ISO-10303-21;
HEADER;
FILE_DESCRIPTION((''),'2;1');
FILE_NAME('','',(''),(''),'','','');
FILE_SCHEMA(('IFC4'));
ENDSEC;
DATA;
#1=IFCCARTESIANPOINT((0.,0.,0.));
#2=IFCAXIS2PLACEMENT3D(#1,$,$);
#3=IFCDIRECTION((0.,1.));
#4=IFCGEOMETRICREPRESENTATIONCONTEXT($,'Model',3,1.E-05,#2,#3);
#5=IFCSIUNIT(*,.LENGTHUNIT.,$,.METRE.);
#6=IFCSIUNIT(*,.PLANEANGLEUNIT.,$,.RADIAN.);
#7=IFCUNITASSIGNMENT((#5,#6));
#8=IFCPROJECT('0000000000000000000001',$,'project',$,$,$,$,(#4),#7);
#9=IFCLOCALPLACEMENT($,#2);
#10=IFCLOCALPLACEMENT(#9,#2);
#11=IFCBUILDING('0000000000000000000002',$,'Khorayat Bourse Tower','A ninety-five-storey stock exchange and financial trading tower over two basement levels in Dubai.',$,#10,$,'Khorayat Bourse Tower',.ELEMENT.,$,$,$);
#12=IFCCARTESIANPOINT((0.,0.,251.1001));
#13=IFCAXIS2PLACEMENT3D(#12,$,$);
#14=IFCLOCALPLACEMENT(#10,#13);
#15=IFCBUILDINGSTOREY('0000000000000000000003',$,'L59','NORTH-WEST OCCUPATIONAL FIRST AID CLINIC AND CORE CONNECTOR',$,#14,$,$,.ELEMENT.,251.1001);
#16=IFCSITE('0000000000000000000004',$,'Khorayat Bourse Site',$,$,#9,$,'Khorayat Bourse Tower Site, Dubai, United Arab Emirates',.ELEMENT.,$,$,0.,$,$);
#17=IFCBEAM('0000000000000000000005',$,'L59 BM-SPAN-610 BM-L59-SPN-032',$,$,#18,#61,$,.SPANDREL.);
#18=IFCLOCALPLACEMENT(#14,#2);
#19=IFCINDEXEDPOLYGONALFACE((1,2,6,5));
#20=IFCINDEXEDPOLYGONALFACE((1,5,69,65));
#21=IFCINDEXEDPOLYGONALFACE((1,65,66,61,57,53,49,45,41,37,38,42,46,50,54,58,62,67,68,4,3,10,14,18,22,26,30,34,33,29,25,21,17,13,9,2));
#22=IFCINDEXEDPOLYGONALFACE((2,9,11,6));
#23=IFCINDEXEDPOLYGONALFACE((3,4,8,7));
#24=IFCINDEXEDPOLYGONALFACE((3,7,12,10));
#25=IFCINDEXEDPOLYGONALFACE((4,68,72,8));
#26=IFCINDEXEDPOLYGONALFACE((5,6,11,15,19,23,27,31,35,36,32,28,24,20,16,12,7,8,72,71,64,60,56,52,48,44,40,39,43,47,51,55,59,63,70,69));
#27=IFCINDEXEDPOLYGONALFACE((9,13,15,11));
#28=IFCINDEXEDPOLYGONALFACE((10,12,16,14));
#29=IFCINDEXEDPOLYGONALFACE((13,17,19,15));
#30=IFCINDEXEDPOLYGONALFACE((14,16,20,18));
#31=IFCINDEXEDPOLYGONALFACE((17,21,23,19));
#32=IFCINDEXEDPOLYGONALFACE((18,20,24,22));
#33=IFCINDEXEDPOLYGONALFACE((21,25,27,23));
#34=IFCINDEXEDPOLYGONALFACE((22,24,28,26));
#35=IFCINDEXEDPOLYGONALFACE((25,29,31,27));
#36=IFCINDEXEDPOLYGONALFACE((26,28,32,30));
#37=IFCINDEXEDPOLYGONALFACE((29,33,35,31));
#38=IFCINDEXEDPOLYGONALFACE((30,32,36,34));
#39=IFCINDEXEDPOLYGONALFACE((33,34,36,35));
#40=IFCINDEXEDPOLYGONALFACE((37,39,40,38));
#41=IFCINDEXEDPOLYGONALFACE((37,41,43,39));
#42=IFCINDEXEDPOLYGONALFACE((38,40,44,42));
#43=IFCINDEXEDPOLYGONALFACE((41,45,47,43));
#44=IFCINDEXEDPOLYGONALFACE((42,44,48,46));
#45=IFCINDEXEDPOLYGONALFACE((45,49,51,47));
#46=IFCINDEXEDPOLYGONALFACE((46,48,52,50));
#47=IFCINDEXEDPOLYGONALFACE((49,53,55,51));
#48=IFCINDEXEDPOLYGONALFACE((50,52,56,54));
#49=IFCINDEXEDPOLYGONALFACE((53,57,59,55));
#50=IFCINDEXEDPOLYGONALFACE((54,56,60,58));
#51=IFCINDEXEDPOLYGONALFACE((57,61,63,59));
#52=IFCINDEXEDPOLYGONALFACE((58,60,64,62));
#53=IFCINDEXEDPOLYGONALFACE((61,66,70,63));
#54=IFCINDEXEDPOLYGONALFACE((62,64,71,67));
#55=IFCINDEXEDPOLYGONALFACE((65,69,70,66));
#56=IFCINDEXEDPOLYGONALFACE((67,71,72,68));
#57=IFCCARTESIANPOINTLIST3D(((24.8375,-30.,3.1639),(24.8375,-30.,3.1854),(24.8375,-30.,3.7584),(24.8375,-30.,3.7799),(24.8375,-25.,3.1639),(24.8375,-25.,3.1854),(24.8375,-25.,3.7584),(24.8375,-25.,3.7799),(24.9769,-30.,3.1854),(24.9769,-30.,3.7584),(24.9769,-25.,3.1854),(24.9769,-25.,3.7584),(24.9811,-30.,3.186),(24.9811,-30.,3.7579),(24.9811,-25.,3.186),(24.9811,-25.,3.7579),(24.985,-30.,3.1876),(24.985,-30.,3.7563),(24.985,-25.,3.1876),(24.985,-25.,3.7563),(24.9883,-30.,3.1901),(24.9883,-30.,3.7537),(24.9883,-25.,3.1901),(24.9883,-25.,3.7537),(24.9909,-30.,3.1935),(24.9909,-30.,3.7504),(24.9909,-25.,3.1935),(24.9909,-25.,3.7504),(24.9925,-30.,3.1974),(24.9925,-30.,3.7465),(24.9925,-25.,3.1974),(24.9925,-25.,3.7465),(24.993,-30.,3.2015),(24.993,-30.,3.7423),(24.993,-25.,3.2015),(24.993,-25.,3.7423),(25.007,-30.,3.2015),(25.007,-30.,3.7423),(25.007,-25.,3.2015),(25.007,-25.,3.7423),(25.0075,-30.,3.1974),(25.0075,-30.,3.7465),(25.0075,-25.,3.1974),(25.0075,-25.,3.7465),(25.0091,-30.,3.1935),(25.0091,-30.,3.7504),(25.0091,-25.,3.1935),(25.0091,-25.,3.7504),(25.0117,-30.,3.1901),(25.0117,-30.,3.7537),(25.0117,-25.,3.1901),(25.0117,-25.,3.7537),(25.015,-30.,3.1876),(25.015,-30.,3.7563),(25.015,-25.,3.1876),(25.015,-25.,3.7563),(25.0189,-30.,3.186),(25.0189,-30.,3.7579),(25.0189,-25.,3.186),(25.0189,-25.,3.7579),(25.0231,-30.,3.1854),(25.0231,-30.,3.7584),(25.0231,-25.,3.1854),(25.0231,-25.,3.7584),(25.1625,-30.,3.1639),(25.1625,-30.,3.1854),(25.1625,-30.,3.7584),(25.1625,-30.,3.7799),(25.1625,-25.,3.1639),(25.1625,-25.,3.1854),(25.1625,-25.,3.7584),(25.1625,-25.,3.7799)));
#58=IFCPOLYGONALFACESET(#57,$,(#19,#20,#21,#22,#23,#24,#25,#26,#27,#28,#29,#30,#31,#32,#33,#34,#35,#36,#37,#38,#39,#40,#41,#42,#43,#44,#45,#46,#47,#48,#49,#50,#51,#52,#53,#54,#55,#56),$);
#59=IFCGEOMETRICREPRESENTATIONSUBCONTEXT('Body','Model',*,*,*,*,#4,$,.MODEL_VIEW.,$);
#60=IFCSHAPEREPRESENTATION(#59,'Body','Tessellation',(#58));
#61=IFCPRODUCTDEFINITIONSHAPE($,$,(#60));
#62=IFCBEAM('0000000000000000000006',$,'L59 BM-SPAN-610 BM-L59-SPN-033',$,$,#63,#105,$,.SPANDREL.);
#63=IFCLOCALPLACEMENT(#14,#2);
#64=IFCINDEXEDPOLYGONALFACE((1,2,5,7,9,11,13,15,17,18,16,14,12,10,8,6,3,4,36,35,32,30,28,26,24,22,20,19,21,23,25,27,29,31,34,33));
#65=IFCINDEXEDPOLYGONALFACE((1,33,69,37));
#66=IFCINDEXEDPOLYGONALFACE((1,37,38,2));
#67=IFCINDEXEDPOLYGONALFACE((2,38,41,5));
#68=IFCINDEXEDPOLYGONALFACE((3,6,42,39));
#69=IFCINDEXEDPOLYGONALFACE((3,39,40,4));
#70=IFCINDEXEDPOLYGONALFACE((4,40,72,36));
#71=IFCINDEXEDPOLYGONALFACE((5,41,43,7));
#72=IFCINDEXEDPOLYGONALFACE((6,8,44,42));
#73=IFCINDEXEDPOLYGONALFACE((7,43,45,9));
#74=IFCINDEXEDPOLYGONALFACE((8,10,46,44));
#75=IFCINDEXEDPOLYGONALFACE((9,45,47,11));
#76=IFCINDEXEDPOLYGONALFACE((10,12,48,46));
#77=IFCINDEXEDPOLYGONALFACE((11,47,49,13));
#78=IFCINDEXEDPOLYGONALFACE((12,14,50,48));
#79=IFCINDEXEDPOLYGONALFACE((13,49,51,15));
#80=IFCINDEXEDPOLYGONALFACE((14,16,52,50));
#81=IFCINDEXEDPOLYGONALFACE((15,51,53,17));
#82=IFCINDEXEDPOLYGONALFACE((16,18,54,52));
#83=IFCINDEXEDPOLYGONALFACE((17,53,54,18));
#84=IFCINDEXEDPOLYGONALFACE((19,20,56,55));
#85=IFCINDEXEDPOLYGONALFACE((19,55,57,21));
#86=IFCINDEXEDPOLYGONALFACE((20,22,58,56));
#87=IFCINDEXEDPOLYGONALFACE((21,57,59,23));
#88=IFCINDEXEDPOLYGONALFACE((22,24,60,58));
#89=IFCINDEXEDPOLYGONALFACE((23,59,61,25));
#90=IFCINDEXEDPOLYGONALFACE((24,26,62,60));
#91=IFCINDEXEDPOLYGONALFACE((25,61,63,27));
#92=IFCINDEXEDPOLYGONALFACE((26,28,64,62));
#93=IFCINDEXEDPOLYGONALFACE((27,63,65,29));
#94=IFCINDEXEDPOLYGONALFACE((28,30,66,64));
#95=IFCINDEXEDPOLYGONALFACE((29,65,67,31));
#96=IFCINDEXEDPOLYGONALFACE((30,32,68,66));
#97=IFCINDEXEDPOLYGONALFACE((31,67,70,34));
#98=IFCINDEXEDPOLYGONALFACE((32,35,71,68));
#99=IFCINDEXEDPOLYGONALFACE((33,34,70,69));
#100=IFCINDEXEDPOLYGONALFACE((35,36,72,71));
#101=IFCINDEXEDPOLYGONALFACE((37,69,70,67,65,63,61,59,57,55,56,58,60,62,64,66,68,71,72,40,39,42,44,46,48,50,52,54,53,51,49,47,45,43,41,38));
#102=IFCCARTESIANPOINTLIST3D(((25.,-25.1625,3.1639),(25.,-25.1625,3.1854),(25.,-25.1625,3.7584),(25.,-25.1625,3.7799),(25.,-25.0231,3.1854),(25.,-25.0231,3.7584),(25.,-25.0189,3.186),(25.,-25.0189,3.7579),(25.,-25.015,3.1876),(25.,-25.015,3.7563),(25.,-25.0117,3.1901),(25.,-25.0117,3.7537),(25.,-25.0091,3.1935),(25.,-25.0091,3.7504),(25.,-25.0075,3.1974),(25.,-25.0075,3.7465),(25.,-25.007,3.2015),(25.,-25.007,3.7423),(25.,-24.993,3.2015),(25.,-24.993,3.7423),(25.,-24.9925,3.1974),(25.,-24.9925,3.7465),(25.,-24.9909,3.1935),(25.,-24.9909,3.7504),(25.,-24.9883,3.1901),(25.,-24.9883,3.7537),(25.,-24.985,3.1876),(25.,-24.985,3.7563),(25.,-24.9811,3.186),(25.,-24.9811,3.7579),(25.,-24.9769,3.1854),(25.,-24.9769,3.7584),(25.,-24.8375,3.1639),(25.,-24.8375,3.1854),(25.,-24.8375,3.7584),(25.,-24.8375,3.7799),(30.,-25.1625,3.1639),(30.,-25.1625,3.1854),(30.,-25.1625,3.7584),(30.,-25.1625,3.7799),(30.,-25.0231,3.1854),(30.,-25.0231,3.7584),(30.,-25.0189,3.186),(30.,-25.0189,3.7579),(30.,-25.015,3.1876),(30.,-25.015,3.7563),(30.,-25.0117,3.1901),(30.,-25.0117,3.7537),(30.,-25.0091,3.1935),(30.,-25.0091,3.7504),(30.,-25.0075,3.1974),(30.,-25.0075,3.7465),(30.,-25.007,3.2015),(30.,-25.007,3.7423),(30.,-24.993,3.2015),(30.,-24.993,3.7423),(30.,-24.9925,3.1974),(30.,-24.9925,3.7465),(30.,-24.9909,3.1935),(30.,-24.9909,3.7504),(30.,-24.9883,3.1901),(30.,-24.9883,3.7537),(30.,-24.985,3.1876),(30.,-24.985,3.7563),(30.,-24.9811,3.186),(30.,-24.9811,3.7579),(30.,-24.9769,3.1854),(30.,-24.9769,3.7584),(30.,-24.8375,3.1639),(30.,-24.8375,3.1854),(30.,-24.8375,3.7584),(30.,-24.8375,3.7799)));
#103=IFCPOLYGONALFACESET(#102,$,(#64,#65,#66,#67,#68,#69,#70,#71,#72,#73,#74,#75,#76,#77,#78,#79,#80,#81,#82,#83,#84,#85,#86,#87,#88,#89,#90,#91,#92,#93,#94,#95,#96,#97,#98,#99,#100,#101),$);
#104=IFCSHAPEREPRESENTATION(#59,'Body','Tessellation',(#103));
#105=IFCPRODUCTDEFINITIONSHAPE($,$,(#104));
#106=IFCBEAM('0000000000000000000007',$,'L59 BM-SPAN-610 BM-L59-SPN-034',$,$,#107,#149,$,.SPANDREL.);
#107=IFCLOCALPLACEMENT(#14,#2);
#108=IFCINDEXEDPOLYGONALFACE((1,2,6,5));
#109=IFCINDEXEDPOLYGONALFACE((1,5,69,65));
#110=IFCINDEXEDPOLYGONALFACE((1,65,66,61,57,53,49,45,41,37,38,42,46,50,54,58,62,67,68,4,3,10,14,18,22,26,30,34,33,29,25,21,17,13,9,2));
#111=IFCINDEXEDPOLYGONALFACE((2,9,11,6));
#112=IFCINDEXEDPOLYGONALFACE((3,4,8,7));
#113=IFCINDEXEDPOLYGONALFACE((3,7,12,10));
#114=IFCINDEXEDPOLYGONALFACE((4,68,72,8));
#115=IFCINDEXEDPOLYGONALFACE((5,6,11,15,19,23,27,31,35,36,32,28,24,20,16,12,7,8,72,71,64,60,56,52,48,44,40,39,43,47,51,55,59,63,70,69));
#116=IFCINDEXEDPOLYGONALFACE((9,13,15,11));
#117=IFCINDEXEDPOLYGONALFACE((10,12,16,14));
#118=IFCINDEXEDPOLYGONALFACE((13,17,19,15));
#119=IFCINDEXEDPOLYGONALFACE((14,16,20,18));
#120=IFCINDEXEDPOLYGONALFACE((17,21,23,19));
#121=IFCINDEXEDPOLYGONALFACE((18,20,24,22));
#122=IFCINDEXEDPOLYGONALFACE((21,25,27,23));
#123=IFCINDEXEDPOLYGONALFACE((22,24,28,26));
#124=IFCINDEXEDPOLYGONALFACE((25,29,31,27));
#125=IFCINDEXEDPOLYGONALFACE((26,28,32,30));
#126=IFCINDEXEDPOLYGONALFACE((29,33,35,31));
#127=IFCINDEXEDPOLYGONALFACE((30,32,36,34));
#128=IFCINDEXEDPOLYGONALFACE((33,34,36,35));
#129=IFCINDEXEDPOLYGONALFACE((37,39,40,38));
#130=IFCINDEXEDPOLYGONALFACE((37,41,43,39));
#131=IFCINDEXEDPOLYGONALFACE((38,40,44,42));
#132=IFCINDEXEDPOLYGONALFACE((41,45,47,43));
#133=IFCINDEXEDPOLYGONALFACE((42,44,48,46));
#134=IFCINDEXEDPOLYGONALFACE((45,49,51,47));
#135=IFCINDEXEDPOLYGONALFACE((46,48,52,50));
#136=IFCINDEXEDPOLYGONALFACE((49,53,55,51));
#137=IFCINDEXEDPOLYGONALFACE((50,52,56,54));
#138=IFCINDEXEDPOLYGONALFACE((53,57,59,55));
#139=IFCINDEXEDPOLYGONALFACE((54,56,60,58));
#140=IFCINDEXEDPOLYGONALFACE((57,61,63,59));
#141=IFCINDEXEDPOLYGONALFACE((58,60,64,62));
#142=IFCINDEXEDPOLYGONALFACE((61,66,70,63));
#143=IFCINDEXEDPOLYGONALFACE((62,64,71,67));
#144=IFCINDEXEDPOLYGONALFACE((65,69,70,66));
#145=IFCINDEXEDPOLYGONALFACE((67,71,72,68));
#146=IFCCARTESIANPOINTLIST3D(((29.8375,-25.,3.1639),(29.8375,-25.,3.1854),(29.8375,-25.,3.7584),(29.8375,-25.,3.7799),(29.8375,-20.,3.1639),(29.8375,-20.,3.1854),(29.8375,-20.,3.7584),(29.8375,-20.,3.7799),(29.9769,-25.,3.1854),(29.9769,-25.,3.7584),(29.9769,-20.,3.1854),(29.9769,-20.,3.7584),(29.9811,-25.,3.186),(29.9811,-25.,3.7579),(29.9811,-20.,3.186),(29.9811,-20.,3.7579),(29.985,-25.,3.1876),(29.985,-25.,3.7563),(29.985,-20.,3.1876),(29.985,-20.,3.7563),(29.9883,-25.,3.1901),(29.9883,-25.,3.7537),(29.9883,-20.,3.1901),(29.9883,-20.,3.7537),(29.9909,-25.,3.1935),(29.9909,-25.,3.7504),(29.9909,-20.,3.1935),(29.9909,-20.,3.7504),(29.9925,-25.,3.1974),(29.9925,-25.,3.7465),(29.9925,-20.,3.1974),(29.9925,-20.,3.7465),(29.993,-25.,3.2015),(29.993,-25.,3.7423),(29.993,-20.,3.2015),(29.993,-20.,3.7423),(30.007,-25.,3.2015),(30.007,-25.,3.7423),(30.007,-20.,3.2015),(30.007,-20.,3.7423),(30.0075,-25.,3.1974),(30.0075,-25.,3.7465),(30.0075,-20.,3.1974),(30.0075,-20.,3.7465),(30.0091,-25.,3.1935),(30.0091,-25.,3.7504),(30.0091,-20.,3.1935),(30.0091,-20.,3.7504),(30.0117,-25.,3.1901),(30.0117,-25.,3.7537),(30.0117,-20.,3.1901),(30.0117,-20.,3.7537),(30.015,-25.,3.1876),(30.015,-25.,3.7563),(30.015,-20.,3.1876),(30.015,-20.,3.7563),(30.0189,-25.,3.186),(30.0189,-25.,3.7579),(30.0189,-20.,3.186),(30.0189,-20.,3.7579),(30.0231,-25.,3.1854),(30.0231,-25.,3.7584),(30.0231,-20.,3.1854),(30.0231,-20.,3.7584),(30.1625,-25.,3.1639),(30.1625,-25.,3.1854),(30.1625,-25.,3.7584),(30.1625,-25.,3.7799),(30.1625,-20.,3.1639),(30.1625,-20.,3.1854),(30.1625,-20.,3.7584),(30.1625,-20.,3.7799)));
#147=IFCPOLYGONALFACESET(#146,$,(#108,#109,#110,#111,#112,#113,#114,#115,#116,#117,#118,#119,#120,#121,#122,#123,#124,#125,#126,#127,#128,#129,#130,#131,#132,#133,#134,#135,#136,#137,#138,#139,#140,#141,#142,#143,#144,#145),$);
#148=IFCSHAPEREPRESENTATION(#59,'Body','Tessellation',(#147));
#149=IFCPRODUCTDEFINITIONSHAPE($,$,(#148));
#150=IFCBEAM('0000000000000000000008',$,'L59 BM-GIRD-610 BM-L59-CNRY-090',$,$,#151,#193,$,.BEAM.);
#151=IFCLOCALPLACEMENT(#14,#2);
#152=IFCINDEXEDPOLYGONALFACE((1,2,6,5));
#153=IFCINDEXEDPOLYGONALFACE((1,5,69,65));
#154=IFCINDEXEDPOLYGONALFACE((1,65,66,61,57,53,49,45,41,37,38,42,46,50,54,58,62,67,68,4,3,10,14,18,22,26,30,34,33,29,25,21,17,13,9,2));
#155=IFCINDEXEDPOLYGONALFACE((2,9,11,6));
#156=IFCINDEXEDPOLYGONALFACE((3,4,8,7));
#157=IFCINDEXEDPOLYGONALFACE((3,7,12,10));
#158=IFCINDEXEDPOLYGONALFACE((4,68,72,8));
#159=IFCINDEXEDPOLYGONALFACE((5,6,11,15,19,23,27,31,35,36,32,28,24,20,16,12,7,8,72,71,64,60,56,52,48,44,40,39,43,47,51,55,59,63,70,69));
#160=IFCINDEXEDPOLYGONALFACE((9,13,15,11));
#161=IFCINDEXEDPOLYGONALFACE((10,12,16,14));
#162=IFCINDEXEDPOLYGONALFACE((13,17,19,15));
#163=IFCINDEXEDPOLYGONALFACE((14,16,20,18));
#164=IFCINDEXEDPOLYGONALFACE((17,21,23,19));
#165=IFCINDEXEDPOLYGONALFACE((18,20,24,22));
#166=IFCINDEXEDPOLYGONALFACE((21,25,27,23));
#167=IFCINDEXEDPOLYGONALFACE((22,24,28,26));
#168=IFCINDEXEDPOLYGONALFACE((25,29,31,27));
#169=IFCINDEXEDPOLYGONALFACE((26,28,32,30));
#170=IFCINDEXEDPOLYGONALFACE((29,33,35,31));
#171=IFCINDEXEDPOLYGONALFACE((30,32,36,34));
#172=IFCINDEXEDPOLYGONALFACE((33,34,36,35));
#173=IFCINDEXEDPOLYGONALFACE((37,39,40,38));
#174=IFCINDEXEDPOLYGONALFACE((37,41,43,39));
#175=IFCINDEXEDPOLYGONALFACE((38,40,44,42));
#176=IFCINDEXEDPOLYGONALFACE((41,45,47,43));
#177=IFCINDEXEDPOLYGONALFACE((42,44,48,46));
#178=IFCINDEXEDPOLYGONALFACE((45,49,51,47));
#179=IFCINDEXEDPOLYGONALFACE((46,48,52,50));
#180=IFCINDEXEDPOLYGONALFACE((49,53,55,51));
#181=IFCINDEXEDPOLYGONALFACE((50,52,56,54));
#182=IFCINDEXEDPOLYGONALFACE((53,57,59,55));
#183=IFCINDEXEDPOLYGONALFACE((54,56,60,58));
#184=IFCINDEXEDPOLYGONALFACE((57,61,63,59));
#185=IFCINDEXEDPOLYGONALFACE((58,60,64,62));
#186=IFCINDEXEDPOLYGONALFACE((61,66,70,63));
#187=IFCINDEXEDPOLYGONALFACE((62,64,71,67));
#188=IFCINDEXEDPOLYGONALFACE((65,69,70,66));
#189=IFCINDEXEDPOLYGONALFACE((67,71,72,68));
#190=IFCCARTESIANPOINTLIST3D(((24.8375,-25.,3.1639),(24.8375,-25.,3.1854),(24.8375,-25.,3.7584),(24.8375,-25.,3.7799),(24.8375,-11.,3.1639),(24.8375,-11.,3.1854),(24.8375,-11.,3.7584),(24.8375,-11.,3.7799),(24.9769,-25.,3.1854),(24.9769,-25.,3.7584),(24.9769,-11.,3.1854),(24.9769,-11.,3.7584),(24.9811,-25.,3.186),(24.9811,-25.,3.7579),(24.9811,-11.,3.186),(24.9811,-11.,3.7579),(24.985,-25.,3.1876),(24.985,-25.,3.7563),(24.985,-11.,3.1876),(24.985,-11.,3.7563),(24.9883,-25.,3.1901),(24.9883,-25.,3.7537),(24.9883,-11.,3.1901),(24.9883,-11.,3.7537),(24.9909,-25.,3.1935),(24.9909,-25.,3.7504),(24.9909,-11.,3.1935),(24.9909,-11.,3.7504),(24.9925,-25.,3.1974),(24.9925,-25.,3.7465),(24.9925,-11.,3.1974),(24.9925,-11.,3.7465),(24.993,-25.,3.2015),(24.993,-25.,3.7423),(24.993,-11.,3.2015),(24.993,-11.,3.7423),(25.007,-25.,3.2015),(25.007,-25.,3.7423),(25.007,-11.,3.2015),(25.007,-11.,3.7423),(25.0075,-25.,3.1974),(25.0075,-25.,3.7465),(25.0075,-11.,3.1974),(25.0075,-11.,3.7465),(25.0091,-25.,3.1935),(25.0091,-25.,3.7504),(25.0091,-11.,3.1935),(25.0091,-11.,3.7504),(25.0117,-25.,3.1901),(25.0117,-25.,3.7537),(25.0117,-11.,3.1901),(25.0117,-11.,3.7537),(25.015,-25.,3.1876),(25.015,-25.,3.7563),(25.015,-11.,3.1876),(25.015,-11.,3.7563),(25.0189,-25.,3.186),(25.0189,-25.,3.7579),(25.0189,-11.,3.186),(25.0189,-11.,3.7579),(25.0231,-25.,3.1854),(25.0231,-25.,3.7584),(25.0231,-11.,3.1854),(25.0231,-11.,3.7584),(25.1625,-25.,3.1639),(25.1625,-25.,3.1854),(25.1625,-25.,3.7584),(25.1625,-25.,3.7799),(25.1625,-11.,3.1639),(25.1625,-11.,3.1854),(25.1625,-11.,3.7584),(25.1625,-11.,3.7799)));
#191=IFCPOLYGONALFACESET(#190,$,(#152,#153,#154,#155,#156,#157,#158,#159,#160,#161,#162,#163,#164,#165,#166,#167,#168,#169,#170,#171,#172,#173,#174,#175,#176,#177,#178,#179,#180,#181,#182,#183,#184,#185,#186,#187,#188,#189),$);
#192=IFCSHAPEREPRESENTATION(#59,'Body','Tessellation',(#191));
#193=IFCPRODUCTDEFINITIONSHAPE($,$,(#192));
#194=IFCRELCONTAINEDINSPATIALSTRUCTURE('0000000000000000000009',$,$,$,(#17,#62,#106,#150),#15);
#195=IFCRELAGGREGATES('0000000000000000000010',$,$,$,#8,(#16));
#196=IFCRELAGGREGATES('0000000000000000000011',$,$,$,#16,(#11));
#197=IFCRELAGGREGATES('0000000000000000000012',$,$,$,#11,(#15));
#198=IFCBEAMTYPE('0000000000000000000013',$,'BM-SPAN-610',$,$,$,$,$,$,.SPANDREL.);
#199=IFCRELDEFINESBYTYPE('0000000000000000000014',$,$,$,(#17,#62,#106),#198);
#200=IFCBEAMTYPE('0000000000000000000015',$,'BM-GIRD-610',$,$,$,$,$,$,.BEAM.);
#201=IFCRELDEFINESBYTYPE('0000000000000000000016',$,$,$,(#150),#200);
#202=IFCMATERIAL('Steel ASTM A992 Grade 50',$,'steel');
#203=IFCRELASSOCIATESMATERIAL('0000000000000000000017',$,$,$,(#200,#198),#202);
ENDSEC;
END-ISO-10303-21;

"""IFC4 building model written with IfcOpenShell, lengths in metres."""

from ifc_helpers import new_model, si_unit, direction, frame, origin, origin_2d, place, context, subcontext, project, spatial, i_section, extrude, source, transform, mapped, material, material_profile, profile_set, type_object, element, save


model = new_model("IFC4")

# Units and contexts
model_context = context("Model", 3, precision=1e-05, world=origin(), true_north=direction((0.0, 1.0)))
body_context = subcontext(model_context, "Body", "Model", "MODEL_VIEW")
ifc_project = project(units=[si_unit("LENGTHUNIT", "METRE"), si_unit("PLANEANGLEUNIT", "RADIAN")], contexts=[model_context])

# Site, building, storey
site_placement = place(None, origin())
site = spatial("IfcSite", under=ifc_project, at=site_placement, Name="Khorayat Bourse Site", LongName="Khorayat Bourse Tower Site, Dubai, United Arab Emirates", CompositionType="ELEMENT", RefElevation=0.0)
building_placement = place(site_placement, origin())
building = spatial("IfcBuilding", under=site, at=building_placement, Name="Khorayat Bourse Tower", Description="A ninety-five-storey stock exchange and financial trading tower over two basement levels in Dubai.", LongName="Khorayat Bourse Tower", CompositionType="ELEMENT")
storey_placement = place(building_placement, frame((0.0, 0.0, 251.1001)))
storey = spatial("IfcBuildingStorey", under=building, at=storey_placement, Name="L59", Description="NORTH-WEST OCCUPATIONAL FIRST AID CLINIC AND CORE CONNECTOR", CompositionType="ELEMENT", Elevation=251.1001)

# Beams
ifc_material_1 = material(Name="Steel ASTM A992 Grade 50", Category="steel")
ifc_material_profile_1 = material_profile(ifc_material_1, i_section(OverallWidth=0.325, OverallDepth=0.616, WebThickness=0.0139, FlangeThickness=0.0215, FilletRadius=0.0161, at=origin_2d()), Name="W610X174")
ifc_profile_set_1 = profile_set([ifc_material_profile_1], Name="Steel ASTM A992 Grade 50")
beam_type_1 = type_object("IfcBeamType", Name="BM-GIRD-610", PredefinedType="BEAM", material=ifc_profile_set_1)
ifc_material_profile_2 = material_profile(ifc_material_1, i_section(OverallWidth=0.325, OverallDepth=0.616, WebThickness=0.0139, FlangeThickness=0.0215, FilletRadius=0.0161, at=origin_2d()), Name="W610X174")
ifc_profile_set_2 = profile_set([ifc_material_profile_2], Name="Steel ASTM A992 Grade 50")
beam_type_2 = type_object("IfcBeamType", Name="BM-SPAN-610", PredefinedType="SPANDREL", material=ifc_profile_set_2)
shared_shape_1 = source(origin(), body_context, "Body", "SweptSolid", [
    extrude(i_section(OverallWidth=0.325, OverallDepth=0.616, WebThickness=0.0139, FlangeThickness=0.0215, FilletRadius=0.0161, at=origin_2d()), origin(), (0.0, 0.0, 1.0), 5.0),
])
for number, where, z_axis, x_axis, name in (
    (1, (25.0, -30.0, 3.4719), (0.0, 1.0, 0.0), (-1.0, 0.0, 0.0), "L59 BM-SPAN-610 BM-L59-SPN-032"),
    (2, (25.0, -25.0, 3.4719), (1.0, 0.0, 0.0), (0.0, 1.0, 0.0), "L59 BM-SPAN-610 BM-L59-SPN-033"),
    (3, (30.0, -25.0, 3.4719), (0.0, 1.0, 0.0), (-1.0, 0.0, 0.0), "L59 BM-SPAN-610 BM-L59-SPN-034"),
):
    element("IfcBeam", number, at=place(storey_placement, frame(where, z_axis=z_axis, x_axis=x_axis)), inside=storey, type_object=beam_type_2, Name=name, PredefinedType="SPANDREL", context=body_context, shape_type="MappedRepresentation", body=[
        mapped(shared_shape_1, transform((0.0, 0.0, 0.0), scale=1.0)),
    ])
shared_shape_2 = source(origin(), body_context, "Body", "SweptSolid", [
    extrude(i_section(OverallWidth=0.325, OverallDepth=0.616, WebThickness=0.0139, FlangeThickness=0.0215, FilletRadius=0.0161, at=origin_2d()), origin(), (0.0, 0.0, 1.0), 14.0),
])
beam_1_placement = place(storey_placement, frame((25.0, -25.0, 3.4719), z_axis=(0.0, 1.0, 0.0), x_axis=(-1.0, 0.0, 0.0)))
element("IfcBeam", 4, at=beam_1_placement, inside=storey, type_object=beam_type_1, Name="L59 BM-GIRD-610 BM-L59-CNRY-090", PredefinedType="BEAM", context=body_context, shape_type="MappedRepresentation", body=[
    mapped(shared_shape_2, transform((0.0, 0.0, 0.0), scale=1.0)),
])

save(model, "model.ifc")
